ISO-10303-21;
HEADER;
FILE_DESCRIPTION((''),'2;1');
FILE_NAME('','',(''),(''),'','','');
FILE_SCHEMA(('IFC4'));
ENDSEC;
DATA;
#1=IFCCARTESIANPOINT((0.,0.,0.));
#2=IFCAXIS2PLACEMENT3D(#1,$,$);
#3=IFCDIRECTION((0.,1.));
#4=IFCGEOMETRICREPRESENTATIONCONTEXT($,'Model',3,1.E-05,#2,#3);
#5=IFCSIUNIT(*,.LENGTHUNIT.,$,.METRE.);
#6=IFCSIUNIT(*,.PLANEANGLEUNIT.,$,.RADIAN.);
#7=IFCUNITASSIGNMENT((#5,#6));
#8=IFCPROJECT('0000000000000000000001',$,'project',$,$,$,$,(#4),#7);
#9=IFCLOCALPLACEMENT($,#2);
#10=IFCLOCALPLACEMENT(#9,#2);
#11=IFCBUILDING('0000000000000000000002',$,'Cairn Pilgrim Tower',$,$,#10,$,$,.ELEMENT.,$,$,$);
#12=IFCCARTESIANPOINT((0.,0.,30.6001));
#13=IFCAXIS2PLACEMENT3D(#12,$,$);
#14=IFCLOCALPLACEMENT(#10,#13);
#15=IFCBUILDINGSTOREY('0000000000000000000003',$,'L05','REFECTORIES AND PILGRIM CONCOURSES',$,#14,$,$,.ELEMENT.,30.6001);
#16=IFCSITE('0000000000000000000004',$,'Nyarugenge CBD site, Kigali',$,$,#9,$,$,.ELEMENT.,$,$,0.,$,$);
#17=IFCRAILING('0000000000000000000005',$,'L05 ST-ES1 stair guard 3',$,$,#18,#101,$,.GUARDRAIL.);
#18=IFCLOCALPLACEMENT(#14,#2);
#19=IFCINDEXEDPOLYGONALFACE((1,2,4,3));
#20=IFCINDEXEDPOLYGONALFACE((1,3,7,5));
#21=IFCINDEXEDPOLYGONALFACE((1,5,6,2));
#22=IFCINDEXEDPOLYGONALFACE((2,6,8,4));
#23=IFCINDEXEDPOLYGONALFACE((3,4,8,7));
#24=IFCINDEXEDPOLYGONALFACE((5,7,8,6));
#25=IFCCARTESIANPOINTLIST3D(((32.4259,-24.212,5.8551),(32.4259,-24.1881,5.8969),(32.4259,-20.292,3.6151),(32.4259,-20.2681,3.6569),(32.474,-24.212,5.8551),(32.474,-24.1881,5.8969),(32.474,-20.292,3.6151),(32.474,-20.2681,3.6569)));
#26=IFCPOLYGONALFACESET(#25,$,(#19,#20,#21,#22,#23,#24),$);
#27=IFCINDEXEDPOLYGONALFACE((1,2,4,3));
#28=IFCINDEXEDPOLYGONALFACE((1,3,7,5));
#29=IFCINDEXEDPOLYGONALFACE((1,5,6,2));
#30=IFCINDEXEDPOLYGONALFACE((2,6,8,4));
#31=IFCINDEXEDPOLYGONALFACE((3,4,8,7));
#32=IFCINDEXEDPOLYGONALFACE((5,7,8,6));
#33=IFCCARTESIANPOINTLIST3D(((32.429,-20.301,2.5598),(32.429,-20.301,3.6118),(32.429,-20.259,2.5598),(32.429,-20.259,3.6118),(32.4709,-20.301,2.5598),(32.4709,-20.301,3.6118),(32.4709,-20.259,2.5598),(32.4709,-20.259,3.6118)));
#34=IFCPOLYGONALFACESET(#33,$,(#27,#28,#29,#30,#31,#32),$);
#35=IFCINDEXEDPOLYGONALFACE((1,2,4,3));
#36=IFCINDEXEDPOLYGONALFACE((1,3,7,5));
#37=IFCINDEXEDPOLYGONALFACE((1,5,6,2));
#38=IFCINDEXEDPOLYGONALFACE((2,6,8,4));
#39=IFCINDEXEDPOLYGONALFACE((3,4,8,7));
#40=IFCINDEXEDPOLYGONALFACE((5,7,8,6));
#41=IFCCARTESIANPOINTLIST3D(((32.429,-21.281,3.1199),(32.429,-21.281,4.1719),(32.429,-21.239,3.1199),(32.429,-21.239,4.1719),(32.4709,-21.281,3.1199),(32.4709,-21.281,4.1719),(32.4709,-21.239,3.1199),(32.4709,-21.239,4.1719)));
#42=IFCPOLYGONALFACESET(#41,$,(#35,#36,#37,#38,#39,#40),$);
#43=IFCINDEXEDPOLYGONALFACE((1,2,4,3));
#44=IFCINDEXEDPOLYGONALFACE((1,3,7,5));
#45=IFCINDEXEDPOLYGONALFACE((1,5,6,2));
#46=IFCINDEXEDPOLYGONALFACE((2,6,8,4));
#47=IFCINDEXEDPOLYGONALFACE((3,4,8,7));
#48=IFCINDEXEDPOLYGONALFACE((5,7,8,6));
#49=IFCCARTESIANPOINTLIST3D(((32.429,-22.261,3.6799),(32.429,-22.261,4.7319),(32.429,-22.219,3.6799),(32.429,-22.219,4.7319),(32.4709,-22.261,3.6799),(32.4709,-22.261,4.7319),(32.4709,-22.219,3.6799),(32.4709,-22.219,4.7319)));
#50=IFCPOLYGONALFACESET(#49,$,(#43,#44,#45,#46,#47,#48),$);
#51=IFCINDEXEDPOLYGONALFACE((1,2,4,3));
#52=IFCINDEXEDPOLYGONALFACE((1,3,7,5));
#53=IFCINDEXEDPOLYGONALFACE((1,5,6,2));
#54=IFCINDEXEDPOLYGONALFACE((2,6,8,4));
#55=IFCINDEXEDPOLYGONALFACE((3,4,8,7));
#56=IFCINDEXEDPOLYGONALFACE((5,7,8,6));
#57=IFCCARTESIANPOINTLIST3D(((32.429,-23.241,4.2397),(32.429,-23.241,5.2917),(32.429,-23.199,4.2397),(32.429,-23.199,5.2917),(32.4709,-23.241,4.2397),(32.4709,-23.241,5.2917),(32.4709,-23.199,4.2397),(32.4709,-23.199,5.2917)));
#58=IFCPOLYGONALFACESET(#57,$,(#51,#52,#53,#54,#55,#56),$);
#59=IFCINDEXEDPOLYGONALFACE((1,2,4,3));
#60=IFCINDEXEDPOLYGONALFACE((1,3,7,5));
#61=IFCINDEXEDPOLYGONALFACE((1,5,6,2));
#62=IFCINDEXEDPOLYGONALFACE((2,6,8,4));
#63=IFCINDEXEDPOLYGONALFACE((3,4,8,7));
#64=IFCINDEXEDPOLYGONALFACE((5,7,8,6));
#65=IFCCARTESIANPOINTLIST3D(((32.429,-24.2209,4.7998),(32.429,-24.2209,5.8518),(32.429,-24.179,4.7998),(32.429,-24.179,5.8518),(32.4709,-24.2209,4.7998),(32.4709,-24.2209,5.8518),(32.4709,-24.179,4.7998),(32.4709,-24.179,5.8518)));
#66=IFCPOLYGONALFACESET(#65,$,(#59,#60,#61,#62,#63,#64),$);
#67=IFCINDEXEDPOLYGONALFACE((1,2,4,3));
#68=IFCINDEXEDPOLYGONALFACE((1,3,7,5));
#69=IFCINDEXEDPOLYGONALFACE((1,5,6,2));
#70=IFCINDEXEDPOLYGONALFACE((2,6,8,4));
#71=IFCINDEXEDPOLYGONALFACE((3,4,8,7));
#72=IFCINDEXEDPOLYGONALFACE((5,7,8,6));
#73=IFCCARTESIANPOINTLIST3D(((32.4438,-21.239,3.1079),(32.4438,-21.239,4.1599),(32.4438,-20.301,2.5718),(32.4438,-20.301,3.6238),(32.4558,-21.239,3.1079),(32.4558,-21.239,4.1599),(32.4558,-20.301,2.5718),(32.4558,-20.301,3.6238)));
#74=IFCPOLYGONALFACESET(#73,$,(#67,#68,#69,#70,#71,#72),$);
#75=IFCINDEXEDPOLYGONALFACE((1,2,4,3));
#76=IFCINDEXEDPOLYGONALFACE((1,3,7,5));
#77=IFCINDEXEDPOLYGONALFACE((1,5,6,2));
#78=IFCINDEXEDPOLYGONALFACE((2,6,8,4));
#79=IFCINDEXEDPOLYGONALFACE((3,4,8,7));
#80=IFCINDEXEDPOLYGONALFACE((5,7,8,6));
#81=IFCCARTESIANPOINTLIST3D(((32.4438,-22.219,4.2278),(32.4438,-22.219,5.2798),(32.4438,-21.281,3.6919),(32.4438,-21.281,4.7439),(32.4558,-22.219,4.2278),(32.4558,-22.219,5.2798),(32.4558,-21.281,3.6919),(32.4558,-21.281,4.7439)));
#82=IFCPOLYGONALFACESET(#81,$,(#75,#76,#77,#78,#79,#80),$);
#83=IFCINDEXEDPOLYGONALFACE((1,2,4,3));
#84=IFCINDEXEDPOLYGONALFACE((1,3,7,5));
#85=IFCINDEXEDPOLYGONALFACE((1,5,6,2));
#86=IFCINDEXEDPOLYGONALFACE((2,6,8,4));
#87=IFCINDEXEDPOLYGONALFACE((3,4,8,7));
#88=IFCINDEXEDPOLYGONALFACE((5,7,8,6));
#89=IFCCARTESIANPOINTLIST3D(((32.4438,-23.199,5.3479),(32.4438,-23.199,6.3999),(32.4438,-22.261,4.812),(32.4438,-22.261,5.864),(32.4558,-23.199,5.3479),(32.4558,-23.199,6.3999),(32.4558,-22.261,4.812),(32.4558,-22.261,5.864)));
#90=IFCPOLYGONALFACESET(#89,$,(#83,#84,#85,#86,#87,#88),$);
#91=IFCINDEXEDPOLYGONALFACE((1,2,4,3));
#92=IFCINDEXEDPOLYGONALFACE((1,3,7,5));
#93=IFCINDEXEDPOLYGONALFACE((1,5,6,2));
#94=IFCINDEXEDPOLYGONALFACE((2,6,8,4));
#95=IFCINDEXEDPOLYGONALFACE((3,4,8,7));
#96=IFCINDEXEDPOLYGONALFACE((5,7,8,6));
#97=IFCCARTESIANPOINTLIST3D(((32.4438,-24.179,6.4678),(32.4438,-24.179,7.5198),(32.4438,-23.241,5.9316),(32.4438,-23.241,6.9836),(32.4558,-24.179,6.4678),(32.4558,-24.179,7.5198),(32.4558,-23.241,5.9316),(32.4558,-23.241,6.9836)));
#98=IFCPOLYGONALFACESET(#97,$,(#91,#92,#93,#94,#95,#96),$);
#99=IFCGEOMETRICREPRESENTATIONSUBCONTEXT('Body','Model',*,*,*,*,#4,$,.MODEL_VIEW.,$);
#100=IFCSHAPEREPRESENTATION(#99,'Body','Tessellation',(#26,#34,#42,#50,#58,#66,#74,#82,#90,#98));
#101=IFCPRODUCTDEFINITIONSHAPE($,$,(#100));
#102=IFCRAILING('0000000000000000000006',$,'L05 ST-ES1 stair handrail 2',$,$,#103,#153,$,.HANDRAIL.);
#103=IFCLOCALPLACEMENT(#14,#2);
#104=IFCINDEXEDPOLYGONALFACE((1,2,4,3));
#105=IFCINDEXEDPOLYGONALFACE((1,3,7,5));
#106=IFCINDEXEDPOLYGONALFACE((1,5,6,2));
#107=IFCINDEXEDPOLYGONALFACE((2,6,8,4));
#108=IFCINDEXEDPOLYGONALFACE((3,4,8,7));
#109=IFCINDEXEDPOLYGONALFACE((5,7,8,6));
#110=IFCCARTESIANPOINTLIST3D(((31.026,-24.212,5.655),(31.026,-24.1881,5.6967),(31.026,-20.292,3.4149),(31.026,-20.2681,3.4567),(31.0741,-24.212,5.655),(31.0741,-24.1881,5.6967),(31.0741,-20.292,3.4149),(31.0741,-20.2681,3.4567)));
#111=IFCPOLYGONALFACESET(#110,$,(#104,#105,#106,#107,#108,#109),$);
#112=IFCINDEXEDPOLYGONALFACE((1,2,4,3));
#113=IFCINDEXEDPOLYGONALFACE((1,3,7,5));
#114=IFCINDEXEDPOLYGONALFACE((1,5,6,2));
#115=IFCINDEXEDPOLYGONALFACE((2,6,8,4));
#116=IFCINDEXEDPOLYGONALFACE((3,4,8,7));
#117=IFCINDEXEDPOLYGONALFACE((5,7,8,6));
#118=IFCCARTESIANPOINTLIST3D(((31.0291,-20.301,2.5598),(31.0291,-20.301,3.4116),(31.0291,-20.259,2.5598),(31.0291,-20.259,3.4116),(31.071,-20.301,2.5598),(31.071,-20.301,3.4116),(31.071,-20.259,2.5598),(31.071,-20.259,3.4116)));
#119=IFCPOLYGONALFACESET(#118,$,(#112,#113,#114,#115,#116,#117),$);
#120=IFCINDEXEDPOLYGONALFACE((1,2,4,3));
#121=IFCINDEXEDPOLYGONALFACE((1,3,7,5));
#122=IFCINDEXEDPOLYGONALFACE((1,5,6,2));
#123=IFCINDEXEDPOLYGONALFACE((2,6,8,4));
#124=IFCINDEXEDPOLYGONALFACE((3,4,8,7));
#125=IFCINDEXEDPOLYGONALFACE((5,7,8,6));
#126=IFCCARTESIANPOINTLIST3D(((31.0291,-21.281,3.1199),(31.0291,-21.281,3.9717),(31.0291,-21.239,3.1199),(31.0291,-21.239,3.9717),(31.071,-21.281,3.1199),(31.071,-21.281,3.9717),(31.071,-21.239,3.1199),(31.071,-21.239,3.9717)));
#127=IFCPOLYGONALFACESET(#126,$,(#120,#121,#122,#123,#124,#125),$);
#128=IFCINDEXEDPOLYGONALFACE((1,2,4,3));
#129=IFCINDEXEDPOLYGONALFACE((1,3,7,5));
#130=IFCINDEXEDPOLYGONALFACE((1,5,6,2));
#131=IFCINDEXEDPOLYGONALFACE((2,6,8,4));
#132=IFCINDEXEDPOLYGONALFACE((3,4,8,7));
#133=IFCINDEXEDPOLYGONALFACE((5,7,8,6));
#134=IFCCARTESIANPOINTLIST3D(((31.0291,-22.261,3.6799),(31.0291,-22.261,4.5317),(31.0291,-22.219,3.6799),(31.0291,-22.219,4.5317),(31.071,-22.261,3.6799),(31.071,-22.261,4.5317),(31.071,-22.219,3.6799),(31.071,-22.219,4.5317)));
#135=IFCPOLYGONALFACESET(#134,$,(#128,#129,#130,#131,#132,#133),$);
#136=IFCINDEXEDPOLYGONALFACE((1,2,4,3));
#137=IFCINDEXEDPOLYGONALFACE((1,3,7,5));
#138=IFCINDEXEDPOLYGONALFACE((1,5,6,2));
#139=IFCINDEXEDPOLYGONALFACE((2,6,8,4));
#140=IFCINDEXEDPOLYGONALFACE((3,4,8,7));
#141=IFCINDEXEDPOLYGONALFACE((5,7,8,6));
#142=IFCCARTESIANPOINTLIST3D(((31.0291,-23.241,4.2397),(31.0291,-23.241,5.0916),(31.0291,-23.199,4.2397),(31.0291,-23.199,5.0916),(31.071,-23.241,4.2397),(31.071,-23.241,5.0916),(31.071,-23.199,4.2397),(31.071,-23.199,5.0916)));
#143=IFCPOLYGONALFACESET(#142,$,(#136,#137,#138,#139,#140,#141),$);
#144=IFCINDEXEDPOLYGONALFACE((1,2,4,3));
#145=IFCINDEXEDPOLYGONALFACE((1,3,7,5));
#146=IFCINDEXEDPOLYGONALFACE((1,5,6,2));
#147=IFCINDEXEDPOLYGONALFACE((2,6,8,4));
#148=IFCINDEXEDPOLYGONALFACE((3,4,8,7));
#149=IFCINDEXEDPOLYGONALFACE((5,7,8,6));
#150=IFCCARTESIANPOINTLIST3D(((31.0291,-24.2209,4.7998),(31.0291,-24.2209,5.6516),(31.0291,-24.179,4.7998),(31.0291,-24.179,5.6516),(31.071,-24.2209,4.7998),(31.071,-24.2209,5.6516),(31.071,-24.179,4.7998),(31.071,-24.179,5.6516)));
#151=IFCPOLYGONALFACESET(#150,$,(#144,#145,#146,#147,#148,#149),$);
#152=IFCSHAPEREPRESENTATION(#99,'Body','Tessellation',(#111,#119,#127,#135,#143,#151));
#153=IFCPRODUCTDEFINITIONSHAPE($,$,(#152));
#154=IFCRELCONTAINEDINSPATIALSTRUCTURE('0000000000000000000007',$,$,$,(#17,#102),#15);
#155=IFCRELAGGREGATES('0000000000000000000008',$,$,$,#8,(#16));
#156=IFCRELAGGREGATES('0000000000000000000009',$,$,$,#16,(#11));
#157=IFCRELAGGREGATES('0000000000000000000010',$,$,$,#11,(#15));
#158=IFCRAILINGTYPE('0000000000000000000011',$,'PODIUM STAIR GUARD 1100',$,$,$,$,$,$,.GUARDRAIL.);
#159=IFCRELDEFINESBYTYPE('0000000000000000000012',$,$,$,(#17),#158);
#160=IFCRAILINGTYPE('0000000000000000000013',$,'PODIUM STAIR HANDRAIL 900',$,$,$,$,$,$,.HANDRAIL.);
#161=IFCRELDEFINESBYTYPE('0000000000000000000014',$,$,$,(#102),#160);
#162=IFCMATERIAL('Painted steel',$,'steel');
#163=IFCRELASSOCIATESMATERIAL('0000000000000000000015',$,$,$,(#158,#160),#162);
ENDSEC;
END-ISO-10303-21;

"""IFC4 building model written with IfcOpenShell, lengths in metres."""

from ifc_helpers import new_model, si_unit, direction, frame, origin, origin_2d, place, context, subcontext, project, spatial, polyline, rectangle, outline, extrude, material, type_object, element, save


model = new_model("IFC4")

# Units and contexts
model_context = context("Model", 3, precision=1e-05, world=origin(), true_north=direction((0.0, 1.0)))
body_context = subcontext(model_context, "Body", "Model", "MODEL_VIEW")
ifc_project = project(units=[si_unit("LENGTHUNIT", "METRE"), si_unit("PLANEANGLEUNIT", "RADIAN")], contexts=[model_context])

# Site, building, storey
site_placement = place(None, origin())
site = spatial("IfcSite", under=ifc_project, at=site_placement, Name="Nyarugenge CBD site, Kigali", CompositionType="ELEMENT", RefElevation=0.0)
building_placement = place(site_placement, origin())
building = spatial("IfcBuilding", under=site, at=building_placement, Name="Cairn Pilgrim Tower", CompositionType="ELEMENT")
storey_placement = place(building_placement, frame((0.0, 0.0, 30.6001)))
storey = spatial("IfcBuildingStorey", under=building, at=storey_placement, Name="L05", Description="REFECTORIES AND PILGRIM CONCOURSES", CompositionType="ELEMENT", Elevation=30.6001)

# Railings
ifc_material_1 = material(Name="Painted steel", Category="steel")
railing_type_1 = type_object("IfcRailingType", Name="PODIUM STAIR GUARD 1100", PredefinedType="GUARDRAIL", material=ifc_material_1)
railing_1_placement = place(storey_placement, frame((32.45, -20.28, 2.5598)))
element("IfcRailing", 1, at=railing_1_placement, inside=storey, type_object=railing_type_1, Name="L05 ST-ES1 stair guard 3", PredefinedType="GUARDRAIL", context=body_context, shape_type="SweptSolid", body=[
    extrude(rectangle(XDim=0.0481, YDim=0.0481, at=origin_2d()), frame((0.0, 0.0, 1.0762), z_axis=(0.0, -0.86824, 0.496145), x_axis=(1.0, 0.0, 0.0)), (0.0, 0.0, 1.0), 4.5149),
    extrude(rectangle(XDim=0.042, YDim=0.042, at=origin_2d()), origin(), (0.0, 0.0, 1.0), 1.052),
    extrude(rectangle(XDim=0.042, YDim=0.042, at=origin_2d()), frame((0.0, -0.98, 0.5601)), (0.0, 0.0, 1.0), 1.052),
    extrude(rectangle(XDim=0.042, YDim=0.042, at=origin_2d()), frame((0.0, -1.96, 1.1201)), (0.0, 0.0, 1.0), 1.052),
    extrude(rectangle(XDim=0.042, YDim=0.042, at=origin_2d()), frame((0.0, -2.9399, 1.6799)), (0.0, 0.0, 1.0), 1.052),
    extrude(rectangle(XDim=0.042, YDim=0.042, at=origin_2d()), frame((0.0, -3.9199, 2.24)), (0.0, 0.0, 1.0), 1.052),
    extrude(outline(polyline([(0.021, 0.012), (0.959, 0.5481), (0.959, 1.6001), (0.021, 1.064), (0.021, 0.012)])), frame((0.0059, 0.0, 0.0), z_axis=(-1.0, 0.0, 0.0), x_axis=(0.0, -1.0, 0.0)), (0.0, 0.0, 1.0), 0.012),
    extrude(outline(polyline([(0.021, 0.572), (0.959, 1.1079), (0.959, 2.1599), (0.021, 1.624), (0.021, 0.572)])), frame((0.0059, -0.98, 0.5601), z_axis=(-1.0, 0.0, 0.0), x_axis=(0.0, -1.0, 0.0)), (0.0, 0.0, 1.0), 0.012),
    extrude(outline(polyline([(0.021, 1.1321), (0.959, 1.668), (0.959, 2.72), (0.021, 2.1841), (0.021, 1.1321)])), frame((0.0059, -1.96, 1.1201), z_axis=(-1.0, 0.0, 0.0), x_axis=(0.0, -1.0, 0.0)), (0.0, 0.0, 1.0), 0.012),
    extrude(outline(polyline([(0.021, 1.6919), (0.959, 2.228), (0.959, 3.28), (0.021, 2.7439), (0.021, 1.6919)])), frame((0.0059, -2.9399, 1.6799), z_axis=(-1.0, 0.0, 0.0), x_axis=(0.0, -1.0, 0.0)), (0.0, 0.0, 1.0), 0.012),
])
railing_type_2 = type_object("IfcRailingType", Name="PODIUM STAIR HANDRAIL 900", PredefinedType="HANDRAIL", material=ifc_material_1)
railing_2_placement = place(storey_placement, frame((31.05, -20.28, 2.5598)))
element("IfcRailing", 2, at=railing_2_placement, inside=storey, type_object=railing_type_2, Name="L05 ST-ES1 stair handrail 2", PredefinedType="HANDRAIL", context=body_context, shape_type="SweptSolid", body=[
    extrude(rectangle(XDim=0.0481, YDim=0.0481, at=origin_2d()), frame((0.0, 0.0, 0.876), z_axis=(0.0, -0.86824, 0.496145), x_axis=(1.0, 0.0, 0.0)), (0.0, 0.0, 1.0), 4.5149),
    extrude(rectangle(XDim=0.042, YDim=0.042, at=origin_2d()), origin(), (0.0, 0.0, 1.0), 0.8518),
    extrude(rectangle(XDim=0.042, YDim=0.042, at=origin_2d()), frame((0.0, -0.98, 0.5601)), (0.0, 0.0, 1.0), 0.8518),
    extrude(rectangle(XDim=0.042, YDim=0.042, at=origin_2d()), frame((0.0, -1.96, 1.1201)), (0.0, 0.0, 1.0), 0.8518),
    extrude(rectangle(XDim=0.042, YDim=0.042, at=origin_2d()), frame((0.0, -2.9399, 1.6799)), (0.0, 0.0, 1.0), 0.8518),
    extrude(rectangle(XDim=0.042, YDim=0.042, at=origin_2d()), frame((0.0, -3.9199, 2.24)), (0.0, 0.0, 1.0), 0.8518),
])

save(model, "model.ifc")
